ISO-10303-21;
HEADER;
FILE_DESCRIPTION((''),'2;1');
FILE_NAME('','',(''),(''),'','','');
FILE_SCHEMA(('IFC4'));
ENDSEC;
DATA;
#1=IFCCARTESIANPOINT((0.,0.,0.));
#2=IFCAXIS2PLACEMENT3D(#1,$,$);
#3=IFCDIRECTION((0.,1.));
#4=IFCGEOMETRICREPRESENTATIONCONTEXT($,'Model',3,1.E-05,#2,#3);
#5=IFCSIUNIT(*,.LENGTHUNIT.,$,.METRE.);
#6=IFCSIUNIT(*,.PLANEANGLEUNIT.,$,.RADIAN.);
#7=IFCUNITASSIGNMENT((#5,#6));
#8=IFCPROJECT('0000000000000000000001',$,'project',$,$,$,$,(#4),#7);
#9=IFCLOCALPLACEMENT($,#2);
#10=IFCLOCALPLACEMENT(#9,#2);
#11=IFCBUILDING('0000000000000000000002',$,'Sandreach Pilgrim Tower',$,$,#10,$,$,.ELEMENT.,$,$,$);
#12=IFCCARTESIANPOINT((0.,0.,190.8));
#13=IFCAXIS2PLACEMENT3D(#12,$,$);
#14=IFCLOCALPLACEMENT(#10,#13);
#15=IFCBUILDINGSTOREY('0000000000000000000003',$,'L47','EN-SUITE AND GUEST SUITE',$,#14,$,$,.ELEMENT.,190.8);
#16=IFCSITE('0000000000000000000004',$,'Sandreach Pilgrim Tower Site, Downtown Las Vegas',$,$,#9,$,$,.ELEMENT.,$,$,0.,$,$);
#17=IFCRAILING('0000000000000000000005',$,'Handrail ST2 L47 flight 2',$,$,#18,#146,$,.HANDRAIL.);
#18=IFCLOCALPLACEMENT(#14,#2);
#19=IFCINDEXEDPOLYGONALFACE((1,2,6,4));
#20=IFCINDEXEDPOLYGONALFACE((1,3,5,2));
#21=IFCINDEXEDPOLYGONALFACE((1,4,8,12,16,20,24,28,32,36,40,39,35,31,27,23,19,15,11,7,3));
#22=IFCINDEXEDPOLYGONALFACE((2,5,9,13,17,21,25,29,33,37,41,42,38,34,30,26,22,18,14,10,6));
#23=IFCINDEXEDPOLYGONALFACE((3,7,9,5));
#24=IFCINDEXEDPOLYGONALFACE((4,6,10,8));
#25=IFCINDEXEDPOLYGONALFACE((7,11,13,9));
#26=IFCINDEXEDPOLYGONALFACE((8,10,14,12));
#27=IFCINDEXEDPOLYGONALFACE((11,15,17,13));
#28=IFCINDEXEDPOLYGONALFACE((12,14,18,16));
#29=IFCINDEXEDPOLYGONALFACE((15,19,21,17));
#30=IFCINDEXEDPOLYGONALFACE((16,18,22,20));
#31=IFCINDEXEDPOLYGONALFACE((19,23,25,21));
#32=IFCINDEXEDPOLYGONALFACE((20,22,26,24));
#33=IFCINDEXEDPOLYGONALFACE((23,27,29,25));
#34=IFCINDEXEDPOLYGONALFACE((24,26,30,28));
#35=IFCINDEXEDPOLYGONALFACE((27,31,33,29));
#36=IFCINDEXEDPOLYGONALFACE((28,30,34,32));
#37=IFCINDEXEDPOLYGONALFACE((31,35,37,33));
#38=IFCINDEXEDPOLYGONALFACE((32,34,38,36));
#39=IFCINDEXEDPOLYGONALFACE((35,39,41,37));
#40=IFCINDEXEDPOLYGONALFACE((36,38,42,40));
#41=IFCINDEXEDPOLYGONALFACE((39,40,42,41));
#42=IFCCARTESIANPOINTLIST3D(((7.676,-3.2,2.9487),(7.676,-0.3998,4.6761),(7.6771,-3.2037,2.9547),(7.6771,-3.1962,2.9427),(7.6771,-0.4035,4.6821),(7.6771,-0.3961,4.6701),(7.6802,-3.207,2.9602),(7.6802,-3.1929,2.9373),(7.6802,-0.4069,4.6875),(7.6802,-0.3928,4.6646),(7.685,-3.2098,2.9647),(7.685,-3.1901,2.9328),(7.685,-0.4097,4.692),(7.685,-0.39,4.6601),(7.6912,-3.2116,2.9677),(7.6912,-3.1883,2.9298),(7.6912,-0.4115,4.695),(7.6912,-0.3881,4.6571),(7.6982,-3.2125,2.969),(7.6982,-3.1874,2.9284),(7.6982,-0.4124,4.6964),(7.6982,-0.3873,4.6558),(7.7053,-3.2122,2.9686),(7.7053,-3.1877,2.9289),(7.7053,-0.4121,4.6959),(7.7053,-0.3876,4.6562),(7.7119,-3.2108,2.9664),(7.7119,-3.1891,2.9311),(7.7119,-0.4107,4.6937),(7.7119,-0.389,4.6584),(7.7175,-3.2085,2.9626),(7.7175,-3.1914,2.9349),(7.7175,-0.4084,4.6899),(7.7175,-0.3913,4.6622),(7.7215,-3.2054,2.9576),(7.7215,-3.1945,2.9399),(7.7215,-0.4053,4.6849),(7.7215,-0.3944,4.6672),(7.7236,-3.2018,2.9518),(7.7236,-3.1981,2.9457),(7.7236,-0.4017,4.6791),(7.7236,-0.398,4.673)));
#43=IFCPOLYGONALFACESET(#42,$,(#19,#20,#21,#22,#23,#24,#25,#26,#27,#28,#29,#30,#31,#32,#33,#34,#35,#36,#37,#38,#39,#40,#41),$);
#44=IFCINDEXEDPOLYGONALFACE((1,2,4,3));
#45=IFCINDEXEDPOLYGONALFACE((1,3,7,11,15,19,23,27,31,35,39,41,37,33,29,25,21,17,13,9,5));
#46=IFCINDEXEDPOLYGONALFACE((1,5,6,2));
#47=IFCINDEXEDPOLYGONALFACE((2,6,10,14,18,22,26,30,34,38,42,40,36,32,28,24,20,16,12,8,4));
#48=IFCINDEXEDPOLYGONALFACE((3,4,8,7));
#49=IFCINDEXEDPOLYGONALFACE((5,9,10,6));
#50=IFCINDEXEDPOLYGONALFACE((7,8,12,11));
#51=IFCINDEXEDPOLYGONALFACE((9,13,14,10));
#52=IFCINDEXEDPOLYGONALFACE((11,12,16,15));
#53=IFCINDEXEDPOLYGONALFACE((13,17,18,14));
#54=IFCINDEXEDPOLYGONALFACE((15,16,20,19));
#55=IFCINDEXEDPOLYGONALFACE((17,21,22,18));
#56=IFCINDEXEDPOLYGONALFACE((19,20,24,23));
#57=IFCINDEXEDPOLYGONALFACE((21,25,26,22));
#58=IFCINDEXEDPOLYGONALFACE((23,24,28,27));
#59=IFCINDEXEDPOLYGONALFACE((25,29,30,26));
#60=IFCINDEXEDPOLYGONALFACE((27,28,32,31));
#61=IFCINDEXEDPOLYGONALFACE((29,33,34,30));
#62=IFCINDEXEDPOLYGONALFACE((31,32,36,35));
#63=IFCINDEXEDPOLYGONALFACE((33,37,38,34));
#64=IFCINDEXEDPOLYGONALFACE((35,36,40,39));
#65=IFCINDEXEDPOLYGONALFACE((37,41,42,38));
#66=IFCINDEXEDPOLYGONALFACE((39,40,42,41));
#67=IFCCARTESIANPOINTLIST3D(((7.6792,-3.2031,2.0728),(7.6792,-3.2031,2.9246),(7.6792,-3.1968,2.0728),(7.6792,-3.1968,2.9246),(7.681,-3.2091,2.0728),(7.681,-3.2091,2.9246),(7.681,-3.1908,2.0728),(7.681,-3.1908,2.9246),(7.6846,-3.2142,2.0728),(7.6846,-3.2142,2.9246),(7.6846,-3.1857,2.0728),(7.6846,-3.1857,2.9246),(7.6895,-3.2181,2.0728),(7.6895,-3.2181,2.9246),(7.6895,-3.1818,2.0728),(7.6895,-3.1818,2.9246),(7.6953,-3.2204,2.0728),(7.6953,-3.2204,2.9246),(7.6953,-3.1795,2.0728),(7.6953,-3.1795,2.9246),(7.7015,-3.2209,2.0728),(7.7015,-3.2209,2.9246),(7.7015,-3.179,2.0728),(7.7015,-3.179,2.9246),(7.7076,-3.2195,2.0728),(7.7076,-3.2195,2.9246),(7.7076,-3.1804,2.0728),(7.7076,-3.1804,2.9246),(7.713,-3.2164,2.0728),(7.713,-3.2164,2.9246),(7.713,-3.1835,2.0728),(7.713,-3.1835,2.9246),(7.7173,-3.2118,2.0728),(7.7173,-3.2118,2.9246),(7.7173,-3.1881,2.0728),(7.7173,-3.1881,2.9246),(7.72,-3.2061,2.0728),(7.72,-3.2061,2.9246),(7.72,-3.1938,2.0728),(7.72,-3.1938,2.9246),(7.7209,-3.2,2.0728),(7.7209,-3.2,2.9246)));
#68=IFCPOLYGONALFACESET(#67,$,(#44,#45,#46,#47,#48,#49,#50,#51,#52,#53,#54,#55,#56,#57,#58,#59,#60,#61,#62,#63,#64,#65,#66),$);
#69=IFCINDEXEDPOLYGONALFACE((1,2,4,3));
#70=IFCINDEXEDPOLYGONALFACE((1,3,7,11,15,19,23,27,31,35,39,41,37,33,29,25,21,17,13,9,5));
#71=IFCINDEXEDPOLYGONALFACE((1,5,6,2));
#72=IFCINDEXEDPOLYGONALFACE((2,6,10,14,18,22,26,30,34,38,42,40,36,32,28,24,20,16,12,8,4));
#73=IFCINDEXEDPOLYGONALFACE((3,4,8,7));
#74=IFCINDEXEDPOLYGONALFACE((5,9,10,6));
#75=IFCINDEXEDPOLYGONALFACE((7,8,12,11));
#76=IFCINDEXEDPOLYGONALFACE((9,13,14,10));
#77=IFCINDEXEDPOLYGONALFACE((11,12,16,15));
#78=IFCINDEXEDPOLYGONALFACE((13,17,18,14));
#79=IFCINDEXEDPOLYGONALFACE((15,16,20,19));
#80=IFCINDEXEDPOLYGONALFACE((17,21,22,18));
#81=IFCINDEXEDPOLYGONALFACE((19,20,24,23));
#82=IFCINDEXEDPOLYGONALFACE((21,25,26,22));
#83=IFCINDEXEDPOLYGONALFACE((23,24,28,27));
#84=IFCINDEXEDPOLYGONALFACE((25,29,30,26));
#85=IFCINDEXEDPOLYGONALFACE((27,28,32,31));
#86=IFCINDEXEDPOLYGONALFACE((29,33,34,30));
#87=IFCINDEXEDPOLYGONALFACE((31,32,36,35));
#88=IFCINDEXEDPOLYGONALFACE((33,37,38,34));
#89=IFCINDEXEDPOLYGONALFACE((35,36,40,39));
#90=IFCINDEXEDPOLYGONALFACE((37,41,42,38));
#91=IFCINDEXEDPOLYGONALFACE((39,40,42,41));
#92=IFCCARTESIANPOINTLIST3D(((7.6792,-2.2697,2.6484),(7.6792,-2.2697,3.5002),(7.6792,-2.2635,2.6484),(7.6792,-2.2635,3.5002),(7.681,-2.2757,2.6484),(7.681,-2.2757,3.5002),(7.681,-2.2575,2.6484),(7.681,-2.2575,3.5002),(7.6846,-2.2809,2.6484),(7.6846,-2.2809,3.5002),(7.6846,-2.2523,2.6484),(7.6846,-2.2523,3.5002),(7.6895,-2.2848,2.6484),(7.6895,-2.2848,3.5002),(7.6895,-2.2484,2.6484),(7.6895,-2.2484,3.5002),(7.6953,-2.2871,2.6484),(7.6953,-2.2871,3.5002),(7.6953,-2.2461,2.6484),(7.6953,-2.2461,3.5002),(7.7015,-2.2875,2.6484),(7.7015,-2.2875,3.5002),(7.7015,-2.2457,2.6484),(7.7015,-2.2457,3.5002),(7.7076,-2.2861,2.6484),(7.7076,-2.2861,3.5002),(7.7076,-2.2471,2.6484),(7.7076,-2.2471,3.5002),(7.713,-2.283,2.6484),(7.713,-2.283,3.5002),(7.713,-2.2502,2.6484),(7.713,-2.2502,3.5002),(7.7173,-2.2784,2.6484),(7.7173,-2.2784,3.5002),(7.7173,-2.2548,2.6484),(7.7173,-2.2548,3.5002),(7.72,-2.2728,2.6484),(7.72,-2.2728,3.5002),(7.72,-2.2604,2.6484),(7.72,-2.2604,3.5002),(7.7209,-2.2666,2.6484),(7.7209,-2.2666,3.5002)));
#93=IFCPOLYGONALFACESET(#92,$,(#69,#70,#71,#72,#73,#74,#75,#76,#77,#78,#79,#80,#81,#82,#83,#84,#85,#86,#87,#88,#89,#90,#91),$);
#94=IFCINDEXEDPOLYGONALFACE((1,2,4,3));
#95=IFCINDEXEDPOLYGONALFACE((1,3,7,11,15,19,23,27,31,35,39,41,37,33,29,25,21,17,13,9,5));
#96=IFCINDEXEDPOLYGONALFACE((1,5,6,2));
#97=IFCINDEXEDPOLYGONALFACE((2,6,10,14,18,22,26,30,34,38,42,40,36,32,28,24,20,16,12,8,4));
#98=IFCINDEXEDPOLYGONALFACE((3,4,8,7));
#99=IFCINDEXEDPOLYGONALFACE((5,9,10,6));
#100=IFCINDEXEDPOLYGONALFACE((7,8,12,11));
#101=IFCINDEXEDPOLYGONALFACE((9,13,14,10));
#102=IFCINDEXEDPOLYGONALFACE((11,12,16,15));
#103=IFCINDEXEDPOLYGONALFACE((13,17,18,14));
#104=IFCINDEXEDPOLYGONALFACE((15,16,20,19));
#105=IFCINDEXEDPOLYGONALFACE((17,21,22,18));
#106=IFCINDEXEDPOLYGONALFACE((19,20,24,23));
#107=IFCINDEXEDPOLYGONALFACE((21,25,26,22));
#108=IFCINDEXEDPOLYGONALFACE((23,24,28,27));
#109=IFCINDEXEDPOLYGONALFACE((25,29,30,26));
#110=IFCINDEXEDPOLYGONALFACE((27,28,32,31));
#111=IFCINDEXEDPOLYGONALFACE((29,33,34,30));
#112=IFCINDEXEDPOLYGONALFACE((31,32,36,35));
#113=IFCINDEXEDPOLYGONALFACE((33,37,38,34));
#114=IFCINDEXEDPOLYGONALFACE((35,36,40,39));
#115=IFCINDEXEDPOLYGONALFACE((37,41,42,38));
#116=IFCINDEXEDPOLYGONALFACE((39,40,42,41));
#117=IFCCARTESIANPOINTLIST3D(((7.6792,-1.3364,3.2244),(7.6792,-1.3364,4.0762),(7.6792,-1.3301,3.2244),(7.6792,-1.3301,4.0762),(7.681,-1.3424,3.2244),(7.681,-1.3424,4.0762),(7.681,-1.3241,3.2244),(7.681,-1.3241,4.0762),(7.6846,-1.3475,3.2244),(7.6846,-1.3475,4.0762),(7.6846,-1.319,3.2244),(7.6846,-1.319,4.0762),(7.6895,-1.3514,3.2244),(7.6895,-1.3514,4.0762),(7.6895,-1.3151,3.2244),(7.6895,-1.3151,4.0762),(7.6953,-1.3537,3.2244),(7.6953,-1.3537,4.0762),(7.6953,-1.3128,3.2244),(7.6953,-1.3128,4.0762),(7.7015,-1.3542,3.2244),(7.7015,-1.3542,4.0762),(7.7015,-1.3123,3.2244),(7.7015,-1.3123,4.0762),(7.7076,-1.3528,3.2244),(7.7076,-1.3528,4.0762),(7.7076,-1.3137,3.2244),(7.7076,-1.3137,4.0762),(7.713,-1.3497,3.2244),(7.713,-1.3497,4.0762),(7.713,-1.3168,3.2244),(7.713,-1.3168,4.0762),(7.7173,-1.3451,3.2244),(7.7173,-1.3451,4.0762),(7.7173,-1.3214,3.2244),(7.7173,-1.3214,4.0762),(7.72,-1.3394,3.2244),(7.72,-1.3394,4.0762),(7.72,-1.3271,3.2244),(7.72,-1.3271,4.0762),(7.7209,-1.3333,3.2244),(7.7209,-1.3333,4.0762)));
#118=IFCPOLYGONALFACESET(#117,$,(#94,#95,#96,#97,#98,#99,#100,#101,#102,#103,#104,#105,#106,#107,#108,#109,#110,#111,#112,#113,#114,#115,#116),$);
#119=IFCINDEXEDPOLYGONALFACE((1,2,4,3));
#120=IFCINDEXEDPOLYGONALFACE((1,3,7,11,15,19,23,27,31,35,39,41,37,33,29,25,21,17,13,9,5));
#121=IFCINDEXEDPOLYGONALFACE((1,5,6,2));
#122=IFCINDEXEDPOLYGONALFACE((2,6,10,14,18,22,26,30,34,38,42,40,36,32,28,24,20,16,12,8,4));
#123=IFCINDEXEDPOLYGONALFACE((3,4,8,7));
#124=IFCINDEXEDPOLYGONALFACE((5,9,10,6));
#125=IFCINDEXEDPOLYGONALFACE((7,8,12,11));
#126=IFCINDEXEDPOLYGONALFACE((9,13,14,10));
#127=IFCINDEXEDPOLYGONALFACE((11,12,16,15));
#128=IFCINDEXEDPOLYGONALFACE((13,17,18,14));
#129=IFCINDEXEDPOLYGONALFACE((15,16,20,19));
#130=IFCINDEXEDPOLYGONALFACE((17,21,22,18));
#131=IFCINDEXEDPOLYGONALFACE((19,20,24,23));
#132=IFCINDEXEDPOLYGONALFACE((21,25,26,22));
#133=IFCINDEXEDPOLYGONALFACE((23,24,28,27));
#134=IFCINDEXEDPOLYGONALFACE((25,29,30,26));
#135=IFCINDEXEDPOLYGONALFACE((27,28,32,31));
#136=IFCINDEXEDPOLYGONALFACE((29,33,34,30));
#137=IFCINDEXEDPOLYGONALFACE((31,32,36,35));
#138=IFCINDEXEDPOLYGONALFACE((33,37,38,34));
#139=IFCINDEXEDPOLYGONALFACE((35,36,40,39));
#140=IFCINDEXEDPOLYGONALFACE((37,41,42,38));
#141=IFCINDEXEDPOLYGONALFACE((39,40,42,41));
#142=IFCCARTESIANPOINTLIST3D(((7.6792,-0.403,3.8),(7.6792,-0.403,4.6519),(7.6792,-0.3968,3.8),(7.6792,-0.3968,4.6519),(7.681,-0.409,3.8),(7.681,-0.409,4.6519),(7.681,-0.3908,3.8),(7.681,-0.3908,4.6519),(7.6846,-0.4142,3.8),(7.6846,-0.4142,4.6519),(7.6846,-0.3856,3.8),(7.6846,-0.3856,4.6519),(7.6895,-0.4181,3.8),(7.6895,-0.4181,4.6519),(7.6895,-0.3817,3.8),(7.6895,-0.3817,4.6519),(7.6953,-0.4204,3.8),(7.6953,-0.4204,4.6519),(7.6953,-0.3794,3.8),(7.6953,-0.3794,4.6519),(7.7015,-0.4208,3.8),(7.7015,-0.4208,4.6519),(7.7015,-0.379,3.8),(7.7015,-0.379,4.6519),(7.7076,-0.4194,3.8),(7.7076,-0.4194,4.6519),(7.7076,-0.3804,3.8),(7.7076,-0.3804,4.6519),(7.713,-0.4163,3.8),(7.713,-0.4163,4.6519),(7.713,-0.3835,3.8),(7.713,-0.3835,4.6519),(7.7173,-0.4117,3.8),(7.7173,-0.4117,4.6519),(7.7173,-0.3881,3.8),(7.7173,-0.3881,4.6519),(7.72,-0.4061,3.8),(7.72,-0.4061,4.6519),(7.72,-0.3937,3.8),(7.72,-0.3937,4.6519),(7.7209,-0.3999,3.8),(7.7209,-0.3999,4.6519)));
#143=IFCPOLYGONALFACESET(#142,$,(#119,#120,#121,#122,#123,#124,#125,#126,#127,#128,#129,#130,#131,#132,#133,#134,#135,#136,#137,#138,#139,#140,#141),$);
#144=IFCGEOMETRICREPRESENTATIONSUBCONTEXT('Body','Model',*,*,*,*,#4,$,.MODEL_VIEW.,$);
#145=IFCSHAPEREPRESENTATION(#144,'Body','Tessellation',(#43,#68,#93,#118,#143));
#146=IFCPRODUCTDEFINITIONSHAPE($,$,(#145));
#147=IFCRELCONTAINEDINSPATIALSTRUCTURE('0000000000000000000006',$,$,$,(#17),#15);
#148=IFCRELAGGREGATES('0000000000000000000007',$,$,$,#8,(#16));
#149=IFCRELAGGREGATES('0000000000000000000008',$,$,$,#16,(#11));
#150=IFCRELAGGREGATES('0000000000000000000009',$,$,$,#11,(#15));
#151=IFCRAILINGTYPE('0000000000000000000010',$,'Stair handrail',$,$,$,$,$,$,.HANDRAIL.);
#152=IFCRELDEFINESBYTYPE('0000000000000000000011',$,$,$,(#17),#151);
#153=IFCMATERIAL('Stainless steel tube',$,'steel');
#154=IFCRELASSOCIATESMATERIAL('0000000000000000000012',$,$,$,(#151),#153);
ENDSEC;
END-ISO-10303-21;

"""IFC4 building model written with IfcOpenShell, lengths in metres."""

from ifc_helpers import new_model, si_unit, direction, frame, origin, origin_2d, place, context, subcontext, project, spatial, circle, extrude, material, type_object, element, save


model = new_model("IFC4")

# Units and contexts
model_context = context("Model", 3, precision=1e-05, world=origin(), true_north=direction((0.0, 1.0)))
body_context = subcontext(model_context, "Body", "Model", "MODEL_VIEW")
ifc_project = project(units=[si_unit("LENGTHUNIT", "METRE"), si_unit("PLANEANGLEUNIT", "RADIAN")], contexts=[model_context])

# Site, building, storey
site_placement = place(None, origin())
site = spatial("IfcSite", under=ifc_project, at=site_placement, Name="Sandreach Pilgrim Tower Site, Downtown Las Vegas", CompositionType="ELEMENT", RefElevation=0.0)
building_placement = place(site_placement, origin())
building = spatial("IfcBuilding", under=site, at=building_placement, Name="Sandreach Pilgrim Tower", CompositionType="ELEMENT")
storey_placement = place(building_placement, frame((0.0, 0.0, 190.8)))
storey = spatial("IfcBuildingStorey", under=building, at=storey_placement, Name="L47", Description="EN-SUITE AND GUEST SUITE", CompositionType="ELEMENT", Elevation=190.8)

# Railing
ifc_material_1 = material(Name="Stainless steel tube", Category="steel")
railing_type = type_object("IfcRailingType", Name="Stair handrail", PredefinedType="HANDRAIL", material=ifc_material_1)
for number, where, name in (
    (1, (7.7, -3.2, 2.0728), "Handrail ST2 L47 flight 2"),
):
    element("IfcRailing", number, at=place(storey_placement, frame(where)), inside=storey, type_object=railing_type, Name=name, PredefinedType="HANDRAIL", context=body_context, shape_type="SweptSolid", body=[
        extrude(circle(Radius=0.0239, at=origin_2d()), frame((0.0, 0.0, 0.876), z_axis=(0.0, 0.85109, 0.52502), x_axis=(-1.0, 0.0, 0.0)), (0.0, 0.0, 1.0), 3.29),
        extrude(circle(Radius=0.021, at=origin_2d()), origin(), (0.0, 0.0, 1.0), 0.8518),
        extrude(circle(Radius=0.021, at=origin_2d()), frame((0.0, 0.9333, 0.5757)), (0.0, 0.0, 1.0), 0.8518),
        extrude(circle(Radius=0.021, at=origin_2d()), frame((0.0, 1.8667, 1.1516)), (0.0, 0.0, 1.0), 0.8518),
        extrude(circle(Radius=0.021, at=origin_2d()), frame((0.0, 2.8, 1.7273)), (0.0, 0.0, 1.0), 0.8518),
    ])

save(model, "model.ifc")
